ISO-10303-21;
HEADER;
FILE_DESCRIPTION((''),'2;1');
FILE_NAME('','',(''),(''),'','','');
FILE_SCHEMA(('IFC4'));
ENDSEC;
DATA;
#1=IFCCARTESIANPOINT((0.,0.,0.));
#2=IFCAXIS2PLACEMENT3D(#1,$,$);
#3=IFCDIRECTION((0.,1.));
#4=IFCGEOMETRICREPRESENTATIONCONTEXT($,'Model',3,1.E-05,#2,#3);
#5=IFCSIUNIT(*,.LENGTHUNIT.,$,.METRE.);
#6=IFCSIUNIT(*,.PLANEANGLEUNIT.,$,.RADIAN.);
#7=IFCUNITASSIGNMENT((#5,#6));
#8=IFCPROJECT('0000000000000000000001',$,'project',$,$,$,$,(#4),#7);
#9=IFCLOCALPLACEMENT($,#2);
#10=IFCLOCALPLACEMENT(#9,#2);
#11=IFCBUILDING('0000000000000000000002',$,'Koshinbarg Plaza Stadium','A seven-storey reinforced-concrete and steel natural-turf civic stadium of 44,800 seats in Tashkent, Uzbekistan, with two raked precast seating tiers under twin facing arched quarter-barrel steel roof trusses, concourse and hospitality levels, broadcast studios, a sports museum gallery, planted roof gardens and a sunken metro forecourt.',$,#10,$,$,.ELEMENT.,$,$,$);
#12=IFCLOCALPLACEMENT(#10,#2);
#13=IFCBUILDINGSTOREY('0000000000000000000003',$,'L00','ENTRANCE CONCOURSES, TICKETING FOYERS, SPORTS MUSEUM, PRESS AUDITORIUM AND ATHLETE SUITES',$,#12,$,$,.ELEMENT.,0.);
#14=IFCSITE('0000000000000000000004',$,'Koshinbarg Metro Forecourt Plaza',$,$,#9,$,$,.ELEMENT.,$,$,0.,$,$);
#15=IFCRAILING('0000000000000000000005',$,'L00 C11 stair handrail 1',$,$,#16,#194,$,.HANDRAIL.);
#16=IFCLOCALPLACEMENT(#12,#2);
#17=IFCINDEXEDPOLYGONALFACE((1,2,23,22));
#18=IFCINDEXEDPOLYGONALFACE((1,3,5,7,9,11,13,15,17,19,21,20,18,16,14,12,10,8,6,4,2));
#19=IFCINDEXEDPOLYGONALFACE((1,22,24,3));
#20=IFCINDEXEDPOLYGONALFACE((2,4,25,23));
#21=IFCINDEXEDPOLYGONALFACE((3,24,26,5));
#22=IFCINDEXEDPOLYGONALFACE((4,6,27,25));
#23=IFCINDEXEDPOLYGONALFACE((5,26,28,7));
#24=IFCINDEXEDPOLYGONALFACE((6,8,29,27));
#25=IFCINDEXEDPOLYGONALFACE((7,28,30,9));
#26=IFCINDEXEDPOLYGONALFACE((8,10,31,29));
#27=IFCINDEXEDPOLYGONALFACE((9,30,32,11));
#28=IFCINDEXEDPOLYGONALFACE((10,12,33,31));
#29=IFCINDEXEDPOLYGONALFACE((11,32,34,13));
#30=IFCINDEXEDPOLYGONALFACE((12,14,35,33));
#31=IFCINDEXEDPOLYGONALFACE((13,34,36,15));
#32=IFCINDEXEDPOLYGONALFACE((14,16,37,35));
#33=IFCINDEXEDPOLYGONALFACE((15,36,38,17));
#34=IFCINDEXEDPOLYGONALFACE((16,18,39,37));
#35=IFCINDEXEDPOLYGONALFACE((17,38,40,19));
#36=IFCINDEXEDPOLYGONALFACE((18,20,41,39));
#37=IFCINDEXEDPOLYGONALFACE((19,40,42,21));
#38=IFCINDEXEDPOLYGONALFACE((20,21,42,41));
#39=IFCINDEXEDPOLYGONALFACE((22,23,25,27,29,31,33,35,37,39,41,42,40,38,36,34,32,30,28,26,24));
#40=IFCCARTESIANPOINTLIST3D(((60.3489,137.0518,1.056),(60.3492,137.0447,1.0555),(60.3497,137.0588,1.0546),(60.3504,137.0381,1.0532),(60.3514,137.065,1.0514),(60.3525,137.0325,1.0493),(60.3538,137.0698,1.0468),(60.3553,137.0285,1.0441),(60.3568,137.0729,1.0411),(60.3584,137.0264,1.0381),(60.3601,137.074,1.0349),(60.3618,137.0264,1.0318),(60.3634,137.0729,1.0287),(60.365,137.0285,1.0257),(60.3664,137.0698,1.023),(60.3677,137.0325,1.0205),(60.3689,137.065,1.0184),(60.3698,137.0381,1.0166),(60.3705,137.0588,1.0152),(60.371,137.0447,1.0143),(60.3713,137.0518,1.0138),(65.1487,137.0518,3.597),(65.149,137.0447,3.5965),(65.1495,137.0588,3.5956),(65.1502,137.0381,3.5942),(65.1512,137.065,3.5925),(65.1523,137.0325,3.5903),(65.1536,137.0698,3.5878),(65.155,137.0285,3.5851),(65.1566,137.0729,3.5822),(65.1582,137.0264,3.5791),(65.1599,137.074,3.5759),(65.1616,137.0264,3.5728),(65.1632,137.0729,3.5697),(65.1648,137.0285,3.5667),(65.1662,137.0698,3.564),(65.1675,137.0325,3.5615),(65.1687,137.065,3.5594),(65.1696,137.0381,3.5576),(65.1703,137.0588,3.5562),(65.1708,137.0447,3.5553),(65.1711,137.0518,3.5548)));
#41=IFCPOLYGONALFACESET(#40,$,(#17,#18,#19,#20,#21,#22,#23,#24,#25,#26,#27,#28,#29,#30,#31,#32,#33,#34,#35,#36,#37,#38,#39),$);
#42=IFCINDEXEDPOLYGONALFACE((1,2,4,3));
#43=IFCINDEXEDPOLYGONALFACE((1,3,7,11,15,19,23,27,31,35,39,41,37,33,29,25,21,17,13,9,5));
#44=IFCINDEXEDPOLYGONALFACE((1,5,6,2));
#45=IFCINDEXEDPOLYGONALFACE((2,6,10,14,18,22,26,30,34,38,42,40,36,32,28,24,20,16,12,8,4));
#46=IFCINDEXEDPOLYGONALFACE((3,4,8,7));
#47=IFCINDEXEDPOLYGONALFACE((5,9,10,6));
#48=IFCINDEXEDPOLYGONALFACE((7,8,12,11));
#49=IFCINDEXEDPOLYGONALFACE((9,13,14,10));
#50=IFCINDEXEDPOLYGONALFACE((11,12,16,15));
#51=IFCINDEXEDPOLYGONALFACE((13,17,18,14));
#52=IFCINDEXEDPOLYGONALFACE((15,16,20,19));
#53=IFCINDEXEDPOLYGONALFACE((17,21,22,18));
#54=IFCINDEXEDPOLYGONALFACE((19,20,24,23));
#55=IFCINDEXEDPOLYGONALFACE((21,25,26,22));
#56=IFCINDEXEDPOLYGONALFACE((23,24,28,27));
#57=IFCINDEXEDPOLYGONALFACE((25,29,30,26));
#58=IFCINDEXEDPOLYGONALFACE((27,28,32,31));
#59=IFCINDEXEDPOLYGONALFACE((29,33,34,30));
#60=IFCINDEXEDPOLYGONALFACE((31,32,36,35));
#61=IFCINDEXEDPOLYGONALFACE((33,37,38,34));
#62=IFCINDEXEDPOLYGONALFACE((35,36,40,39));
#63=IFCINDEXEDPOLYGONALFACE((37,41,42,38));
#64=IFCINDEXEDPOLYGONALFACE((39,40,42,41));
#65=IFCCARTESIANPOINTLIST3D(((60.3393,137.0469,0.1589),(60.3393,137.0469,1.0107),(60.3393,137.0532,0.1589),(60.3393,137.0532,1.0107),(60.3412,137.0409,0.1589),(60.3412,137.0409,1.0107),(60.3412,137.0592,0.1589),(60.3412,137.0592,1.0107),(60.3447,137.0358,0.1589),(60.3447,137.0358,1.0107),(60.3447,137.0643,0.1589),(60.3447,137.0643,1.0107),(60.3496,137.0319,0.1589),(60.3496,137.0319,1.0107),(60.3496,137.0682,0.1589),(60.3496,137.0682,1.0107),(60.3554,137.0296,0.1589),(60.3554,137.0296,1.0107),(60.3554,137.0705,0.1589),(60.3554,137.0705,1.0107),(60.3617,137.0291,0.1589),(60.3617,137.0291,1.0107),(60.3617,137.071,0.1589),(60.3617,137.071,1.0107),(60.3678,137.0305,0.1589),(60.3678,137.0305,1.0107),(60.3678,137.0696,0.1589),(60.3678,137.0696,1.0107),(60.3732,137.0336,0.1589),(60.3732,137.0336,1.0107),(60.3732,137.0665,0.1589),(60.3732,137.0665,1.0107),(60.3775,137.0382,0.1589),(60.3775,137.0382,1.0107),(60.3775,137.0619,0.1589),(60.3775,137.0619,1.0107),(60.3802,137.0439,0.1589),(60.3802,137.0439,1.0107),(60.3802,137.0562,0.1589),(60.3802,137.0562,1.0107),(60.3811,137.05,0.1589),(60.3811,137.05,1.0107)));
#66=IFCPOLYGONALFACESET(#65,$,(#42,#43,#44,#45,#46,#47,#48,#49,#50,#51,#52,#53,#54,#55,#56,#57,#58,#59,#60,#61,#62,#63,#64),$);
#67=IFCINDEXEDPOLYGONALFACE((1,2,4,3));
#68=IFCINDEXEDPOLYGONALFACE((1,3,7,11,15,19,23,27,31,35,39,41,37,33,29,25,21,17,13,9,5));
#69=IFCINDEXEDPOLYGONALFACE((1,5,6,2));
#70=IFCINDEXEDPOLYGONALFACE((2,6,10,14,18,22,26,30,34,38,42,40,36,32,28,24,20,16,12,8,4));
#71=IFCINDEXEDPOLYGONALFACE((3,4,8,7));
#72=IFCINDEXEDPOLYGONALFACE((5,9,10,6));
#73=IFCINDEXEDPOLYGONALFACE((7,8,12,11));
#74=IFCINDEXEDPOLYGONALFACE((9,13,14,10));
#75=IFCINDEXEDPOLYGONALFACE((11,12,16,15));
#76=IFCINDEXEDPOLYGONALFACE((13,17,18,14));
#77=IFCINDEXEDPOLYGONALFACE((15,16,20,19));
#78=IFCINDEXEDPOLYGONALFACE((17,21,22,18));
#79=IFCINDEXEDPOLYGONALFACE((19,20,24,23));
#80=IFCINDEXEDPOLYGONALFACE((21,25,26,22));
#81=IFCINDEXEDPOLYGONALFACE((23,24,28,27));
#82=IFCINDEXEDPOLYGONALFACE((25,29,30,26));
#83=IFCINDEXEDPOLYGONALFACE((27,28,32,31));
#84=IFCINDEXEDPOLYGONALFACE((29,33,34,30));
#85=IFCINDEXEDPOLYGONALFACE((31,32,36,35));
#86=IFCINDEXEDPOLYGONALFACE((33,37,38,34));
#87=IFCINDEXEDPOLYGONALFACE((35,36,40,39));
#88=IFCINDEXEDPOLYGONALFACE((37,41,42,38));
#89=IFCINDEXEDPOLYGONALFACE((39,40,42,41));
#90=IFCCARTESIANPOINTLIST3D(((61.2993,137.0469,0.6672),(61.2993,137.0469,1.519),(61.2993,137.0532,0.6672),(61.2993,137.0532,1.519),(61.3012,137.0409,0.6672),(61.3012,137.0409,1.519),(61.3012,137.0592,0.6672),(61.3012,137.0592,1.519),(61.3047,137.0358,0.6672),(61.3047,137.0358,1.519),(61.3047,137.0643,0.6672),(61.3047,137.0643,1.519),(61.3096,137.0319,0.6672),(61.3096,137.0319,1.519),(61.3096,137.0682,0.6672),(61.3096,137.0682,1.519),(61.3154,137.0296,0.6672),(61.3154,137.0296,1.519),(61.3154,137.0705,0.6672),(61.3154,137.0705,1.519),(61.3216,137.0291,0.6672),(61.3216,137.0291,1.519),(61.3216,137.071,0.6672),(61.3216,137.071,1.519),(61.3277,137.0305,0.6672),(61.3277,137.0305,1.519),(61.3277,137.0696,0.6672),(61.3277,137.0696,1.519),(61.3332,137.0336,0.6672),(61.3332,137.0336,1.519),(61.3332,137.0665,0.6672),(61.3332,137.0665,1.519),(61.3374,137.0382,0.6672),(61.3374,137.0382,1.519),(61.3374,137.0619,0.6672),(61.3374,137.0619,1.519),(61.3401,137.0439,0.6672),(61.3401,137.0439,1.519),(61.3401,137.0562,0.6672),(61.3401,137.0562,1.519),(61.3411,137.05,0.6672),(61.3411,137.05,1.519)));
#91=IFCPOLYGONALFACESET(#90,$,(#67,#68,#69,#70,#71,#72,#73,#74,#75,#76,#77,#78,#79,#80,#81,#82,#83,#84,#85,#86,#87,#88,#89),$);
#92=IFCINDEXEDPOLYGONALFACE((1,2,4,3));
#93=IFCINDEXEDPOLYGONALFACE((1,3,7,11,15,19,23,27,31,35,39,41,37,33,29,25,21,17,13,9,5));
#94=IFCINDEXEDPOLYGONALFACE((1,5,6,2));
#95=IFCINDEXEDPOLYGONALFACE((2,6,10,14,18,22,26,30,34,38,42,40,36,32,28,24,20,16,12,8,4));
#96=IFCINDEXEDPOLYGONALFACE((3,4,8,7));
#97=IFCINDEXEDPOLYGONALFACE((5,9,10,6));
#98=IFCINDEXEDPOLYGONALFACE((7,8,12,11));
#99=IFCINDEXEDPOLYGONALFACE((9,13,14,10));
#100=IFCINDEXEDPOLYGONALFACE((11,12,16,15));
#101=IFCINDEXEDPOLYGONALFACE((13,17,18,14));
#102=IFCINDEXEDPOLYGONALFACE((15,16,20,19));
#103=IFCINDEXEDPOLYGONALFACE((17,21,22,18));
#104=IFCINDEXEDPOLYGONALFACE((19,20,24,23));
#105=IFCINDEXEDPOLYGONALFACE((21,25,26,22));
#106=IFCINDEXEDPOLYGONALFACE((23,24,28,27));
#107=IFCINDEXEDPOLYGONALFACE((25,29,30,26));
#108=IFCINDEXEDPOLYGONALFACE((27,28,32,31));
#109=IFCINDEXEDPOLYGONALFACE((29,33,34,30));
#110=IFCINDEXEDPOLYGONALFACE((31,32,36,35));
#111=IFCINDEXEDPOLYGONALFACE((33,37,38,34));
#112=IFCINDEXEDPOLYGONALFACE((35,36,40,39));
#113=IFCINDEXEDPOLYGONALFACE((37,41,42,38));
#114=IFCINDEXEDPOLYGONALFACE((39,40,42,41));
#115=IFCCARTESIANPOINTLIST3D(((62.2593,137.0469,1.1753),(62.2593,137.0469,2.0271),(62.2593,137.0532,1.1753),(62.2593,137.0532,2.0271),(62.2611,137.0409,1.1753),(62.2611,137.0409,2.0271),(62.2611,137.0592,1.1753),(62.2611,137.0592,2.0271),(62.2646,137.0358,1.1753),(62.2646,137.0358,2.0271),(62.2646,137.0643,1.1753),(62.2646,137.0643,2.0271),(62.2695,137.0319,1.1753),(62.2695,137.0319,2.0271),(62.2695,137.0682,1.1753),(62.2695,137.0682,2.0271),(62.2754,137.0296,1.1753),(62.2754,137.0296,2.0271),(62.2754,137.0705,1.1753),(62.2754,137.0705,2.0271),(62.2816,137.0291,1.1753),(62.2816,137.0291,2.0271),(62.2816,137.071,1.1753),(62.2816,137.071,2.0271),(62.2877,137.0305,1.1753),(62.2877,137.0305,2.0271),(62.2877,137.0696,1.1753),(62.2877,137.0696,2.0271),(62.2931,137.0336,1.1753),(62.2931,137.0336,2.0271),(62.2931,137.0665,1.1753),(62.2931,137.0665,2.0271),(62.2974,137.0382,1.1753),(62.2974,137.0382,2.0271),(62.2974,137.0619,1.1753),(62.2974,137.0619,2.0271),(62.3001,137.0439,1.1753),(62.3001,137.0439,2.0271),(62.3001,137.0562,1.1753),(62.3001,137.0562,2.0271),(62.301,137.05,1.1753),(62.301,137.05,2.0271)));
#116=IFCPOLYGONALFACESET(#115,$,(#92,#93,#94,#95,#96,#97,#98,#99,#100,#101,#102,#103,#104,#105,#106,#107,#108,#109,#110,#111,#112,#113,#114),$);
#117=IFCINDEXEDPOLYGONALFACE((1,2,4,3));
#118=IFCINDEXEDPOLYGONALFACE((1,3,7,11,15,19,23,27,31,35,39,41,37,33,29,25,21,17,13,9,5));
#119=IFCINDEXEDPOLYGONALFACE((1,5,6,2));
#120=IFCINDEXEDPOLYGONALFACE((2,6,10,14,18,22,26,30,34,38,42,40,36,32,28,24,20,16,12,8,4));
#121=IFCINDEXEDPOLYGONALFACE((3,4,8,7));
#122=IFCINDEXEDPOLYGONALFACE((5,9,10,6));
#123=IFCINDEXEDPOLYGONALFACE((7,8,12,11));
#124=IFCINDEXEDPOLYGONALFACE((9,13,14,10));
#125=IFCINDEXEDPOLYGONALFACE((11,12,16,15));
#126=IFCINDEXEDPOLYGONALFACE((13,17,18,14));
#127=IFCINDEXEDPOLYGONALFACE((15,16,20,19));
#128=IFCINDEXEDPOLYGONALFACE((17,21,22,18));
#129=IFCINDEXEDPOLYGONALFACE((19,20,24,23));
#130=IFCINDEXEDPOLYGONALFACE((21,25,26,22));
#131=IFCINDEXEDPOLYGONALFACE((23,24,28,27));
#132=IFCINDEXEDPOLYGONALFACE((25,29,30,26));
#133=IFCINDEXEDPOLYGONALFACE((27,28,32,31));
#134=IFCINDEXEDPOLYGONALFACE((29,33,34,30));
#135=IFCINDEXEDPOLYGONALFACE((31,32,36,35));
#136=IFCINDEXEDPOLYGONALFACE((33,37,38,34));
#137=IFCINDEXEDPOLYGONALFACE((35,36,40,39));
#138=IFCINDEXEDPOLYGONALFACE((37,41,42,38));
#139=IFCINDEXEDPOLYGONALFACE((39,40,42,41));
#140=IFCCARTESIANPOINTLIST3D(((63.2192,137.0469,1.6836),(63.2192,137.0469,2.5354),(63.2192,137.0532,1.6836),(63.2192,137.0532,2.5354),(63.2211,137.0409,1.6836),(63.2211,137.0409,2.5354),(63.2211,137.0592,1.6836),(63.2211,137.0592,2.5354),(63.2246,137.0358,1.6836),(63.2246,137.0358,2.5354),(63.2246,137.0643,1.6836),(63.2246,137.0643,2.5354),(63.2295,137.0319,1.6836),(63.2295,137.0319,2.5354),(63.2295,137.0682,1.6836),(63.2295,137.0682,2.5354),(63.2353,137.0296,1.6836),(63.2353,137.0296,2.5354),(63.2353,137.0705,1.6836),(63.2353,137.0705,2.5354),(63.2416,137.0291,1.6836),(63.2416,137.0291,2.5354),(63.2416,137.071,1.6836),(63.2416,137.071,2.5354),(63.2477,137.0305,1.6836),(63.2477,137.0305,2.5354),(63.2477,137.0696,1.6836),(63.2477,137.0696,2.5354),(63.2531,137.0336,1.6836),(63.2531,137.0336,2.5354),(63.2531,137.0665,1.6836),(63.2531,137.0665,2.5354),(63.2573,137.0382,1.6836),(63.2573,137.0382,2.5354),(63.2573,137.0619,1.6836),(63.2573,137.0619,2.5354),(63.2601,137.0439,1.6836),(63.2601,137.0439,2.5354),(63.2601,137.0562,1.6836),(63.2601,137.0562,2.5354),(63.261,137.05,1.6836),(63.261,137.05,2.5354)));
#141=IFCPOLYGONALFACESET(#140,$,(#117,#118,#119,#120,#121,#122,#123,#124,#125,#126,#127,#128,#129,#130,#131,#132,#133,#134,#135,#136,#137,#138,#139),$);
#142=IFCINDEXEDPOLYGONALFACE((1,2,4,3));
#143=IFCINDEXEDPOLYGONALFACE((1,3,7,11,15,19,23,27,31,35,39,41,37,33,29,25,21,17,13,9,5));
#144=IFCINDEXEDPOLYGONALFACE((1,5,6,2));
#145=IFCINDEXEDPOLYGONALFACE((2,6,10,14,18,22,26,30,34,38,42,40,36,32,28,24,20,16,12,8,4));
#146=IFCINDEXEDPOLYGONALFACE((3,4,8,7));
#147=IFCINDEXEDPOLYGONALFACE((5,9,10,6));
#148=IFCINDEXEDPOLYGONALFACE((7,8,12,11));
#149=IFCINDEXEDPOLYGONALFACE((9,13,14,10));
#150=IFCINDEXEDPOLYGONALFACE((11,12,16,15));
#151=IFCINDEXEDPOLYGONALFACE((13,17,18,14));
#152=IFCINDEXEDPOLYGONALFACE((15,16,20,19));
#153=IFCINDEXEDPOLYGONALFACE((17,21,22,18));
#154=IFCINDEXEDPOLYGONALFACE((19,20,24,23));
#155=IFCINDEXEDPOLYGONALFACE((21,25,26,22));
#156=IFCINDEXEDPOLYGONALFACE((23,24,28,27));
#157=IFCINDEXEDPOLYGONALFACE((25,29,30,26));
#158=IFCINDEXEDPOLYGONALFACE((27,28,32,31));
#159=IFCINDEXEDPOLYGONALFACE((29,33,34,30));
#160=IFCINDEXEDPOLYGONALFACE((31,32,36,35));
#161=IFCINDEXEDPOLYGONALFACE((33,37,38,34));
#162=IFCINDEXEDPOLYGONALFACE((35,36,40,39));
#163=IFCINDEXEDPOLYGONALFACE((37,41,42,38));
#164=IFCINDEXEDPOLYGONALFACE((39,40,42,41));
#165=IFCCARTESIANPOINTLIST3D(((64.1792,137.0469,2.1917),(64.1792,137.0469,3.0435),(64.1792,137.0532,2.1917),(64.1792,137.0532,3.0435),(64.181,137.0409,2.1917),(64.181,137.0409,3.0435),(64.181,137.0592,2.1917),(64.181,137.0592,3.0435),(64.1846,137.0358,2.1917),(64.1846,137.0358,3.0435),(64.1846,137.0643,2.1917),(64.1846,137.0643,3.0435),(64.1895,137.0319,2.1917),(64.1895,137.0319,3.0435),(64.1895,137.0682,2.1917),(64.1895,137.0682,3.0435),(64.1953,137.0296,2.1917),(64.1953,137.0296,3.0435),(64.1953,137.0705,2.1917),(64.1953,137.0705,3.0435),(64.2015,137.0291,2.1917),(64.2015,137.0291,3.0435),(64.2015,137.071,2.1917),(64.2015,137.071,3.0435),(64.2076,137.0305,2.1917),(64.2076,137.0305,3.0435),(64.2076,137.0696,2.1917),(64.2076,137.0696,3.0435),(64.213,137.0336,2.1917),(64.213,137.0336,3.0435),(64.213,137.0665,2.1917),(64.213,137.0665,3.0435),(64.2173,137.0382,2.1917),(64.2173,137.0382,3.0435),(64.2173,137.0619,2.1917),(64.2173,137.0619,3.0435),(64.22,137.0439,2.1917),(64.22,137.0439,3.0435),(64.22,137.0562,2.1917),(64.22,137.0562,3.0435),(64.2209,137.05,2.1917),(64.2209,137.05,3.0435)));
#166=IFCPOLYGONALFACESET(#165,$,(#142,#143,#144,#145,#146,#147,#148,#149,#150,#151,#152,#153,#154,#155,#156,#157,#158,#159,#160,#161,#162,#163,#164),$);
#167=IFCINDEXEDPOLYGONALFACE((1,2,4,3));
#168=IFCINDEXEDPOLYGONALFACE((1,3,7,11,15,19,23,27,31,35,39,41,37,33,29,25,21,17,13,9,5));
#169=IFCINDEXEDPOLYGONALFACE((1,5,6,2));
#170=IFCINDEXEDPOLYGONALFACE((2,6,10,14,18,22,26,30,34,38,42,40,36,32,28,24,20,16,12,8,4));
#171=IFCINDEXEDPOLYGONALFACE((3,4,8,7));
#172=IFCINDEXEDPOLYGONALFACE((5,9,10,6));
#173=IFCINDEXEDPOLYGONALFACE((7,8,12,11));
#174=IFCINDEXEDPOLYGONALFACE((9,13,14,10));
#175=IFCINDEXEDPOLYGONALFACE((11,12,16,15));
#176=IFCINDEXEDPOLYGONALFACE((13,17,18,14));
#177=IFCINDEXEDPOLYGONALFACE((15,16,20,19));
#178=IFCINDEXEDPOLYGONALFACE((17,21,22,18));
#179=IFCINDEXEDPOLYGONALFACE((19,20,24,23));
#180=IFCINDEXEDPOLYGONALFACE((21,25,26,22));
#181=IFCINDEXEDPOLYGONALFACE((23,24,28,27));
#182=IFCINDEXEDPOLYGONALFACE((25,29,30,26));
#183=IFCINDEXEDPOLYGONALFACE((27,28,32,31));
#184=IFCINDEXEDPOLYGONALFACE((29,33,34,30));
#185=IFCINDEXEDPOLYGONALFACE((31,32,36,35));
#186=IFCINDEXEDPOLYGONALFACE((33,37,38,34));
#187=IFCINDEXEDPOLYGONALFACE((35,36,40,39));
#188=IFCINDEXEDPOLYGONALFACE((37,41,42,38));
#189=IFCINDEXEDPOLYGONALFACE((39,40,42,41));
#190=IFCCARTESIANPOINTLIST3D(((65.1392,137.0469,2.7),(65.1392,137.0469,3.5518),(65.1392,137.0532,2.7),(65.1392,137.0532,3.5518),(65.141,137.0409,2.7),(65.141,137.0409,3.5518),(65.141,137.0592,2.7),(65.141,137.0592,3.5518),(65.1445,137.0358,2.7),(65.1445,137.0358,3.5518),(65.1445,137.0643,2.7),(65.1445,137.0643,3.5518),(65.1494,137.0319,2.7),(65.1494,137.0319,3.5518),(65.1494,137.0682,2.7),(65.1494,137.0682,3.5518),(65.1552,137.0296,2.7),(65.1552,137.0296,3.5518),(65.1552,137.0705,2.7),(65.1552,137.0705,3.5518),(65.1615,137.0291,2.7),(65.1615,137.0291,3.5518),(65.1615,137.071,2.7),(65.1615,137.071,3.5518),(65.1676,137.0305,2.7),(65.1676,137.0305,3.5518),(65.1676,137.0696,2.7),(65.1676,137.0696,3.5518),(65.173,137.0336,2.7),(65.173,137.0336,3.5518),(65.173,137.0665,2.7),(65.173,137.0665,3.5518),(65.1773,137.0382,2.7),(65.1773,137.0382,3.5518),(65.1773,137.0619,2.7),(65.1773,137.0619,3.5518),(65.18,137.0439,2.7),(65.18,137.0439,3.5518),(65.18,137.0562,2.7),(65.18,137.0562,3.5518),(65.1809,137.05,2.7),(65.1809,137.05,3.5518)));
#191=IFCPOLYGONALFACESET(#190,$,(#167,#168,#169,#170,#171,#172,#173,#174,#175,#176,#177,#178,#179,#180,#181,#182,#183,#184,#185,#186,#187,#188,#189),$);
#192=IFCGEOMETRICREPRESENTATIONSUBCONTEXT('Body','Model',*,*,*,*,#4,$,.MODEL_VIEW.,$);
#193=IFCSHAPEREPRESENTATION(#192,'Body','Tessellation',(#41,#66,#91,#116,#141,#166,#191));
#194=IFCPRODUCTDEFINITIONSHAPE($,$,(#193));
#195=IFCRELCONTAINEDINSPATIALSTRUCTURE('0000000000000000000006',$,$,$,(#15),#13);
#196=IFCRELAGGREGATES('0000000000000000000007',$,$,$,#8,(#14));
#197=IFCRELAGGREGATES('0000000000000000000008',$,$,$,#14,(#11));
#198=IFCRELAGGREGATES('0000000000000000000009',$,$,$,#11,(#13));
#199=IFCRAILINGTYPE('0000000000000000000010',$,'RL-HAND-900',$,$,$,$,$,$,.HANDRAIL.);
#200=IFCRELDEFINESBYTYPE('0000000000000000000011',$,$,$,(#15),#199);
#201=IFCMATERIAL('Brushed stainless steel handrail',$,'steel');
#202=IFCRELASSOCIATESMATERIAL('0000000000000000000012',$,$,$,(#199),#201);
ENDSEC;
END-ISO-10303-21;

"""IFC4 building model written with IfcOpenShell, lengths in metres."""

from ifc_helpers import new_model, si_unit, direction, frame, origin, origin_2d, place, context, subcontext, project, spatial, circle, extrude, material, type_object, element, save


model = new_model("IFC4")

# Units and contexts
model_context = context("Model", 3, precision=1e-05, world=origin(), true_north=direction((0.0, 1.0)))
body_context = subcontext(model_context, "Body", "Model", "MODEL_VIEW")
ifc_project = project(units=[si_unit("LENGTHUNIT", "METRE"), si_unit("PLANEANGLEUNIT", "RADIAN")], contexts=[model_context])

# Site, building, storey
site_placement = place(None, origin())
site = spatial("IfcSite", under=ifc_project, at=site_placement, Name="Koshinbarg Metro Forecourt Plaza", CompositionType="ELEMENT", RefElevation=0.0)
building_placement = place(site_placement, origin())
building = spatial("IfcBuilding", under=site, at=building_placement, Name="Koshinbarg Plaza Stadium", Description="A seven-storey reinforced-concrete and steel natural-turf civic stadium of 44,800 seats in Tashkent, Uzbekistan, with two raked precast seating tiers under twin facing arched quarter-barrel steel roof trusses, concourse and hospitality levels, broadcast studios, a sports museum gallery, planted roof gardens and a sunken metro forecourt.", CompositionType="ELEMENT")
storey_placement = place(building_placement, origin())
storey = spatial("IfcBuildingStorey", under=building, at=storey_placement, Name="L00", Description="ENTRANCE CONCOURSES, TICKETING FOYERS, SPORTS MUSEUM, PRESS AUDITORIUM AND ATHLETE SUITES", CompositionType="ELEMENT", Elevation=0.0)

# Railing
ifc_material_1 = material(Name="Brushed stainless steel handrail", Category="steel")
railing_type_1 = type_object("IfcRailingType", Name="RL-HAND-900", PredefinedType="HANDRAIL", material=ifc_material_1)
railing_1_placement = place(storey_placement, frame((60.3601, 137.05, 0.1589)))
element("IfcRailing", 1, at=railing_1_placement, inside=storey, type_object=railing_type_1, Name="L00 C11 stair handrail 1", PredefinedType="HANDRAIL", context=body_context, shape_type="SweptSolid", body=[
    extrude(circle(Radius=0.0239, at=origin_2d()), frame((0.0, 0.0, 0.876), z_axis=(0.883792, 0.0, 0.467879), x_axis=(0.0, 1.0, 0.0)), (0.0, 0.0, 1.0), 5.4309),
    extrude(circle(Radius=0.021, at=origin_2d()), origin(), (0.0, 0.0, 1.0), 0.8518),
    extrude(circle(Radius=0.021, at=origin_2d()), frame((0.96, 0.0, 0.5083)), (0.0, 0.0, 1.0), 0.8518),
    extrude(circle(Radius=0.021, at=origin_2d()), frame((1.9199, 0.0, 1.0164)), (0.0, 0.0, 1.0), 0.8518),
    extrude(circle(Radius=0.021, at=origin_2d()), frame((2.8799, 0.0, 1.5247)), (0.0, 0.0, 1.0), 0.8518),
    extrude(circle(Radius=0.021, at=origin_2d()), frame((3.8398, 0.0, 2.0327)), (0.0, 0.0, 1.0), 0.8518),
    extrude(circle(Radius=0.021, at=origin_2d()), frame((4.7998, 0.0, 2.541)), (0.0, 0.0, 1.0), 0.8518),
])

save(model, "model.ifc")
